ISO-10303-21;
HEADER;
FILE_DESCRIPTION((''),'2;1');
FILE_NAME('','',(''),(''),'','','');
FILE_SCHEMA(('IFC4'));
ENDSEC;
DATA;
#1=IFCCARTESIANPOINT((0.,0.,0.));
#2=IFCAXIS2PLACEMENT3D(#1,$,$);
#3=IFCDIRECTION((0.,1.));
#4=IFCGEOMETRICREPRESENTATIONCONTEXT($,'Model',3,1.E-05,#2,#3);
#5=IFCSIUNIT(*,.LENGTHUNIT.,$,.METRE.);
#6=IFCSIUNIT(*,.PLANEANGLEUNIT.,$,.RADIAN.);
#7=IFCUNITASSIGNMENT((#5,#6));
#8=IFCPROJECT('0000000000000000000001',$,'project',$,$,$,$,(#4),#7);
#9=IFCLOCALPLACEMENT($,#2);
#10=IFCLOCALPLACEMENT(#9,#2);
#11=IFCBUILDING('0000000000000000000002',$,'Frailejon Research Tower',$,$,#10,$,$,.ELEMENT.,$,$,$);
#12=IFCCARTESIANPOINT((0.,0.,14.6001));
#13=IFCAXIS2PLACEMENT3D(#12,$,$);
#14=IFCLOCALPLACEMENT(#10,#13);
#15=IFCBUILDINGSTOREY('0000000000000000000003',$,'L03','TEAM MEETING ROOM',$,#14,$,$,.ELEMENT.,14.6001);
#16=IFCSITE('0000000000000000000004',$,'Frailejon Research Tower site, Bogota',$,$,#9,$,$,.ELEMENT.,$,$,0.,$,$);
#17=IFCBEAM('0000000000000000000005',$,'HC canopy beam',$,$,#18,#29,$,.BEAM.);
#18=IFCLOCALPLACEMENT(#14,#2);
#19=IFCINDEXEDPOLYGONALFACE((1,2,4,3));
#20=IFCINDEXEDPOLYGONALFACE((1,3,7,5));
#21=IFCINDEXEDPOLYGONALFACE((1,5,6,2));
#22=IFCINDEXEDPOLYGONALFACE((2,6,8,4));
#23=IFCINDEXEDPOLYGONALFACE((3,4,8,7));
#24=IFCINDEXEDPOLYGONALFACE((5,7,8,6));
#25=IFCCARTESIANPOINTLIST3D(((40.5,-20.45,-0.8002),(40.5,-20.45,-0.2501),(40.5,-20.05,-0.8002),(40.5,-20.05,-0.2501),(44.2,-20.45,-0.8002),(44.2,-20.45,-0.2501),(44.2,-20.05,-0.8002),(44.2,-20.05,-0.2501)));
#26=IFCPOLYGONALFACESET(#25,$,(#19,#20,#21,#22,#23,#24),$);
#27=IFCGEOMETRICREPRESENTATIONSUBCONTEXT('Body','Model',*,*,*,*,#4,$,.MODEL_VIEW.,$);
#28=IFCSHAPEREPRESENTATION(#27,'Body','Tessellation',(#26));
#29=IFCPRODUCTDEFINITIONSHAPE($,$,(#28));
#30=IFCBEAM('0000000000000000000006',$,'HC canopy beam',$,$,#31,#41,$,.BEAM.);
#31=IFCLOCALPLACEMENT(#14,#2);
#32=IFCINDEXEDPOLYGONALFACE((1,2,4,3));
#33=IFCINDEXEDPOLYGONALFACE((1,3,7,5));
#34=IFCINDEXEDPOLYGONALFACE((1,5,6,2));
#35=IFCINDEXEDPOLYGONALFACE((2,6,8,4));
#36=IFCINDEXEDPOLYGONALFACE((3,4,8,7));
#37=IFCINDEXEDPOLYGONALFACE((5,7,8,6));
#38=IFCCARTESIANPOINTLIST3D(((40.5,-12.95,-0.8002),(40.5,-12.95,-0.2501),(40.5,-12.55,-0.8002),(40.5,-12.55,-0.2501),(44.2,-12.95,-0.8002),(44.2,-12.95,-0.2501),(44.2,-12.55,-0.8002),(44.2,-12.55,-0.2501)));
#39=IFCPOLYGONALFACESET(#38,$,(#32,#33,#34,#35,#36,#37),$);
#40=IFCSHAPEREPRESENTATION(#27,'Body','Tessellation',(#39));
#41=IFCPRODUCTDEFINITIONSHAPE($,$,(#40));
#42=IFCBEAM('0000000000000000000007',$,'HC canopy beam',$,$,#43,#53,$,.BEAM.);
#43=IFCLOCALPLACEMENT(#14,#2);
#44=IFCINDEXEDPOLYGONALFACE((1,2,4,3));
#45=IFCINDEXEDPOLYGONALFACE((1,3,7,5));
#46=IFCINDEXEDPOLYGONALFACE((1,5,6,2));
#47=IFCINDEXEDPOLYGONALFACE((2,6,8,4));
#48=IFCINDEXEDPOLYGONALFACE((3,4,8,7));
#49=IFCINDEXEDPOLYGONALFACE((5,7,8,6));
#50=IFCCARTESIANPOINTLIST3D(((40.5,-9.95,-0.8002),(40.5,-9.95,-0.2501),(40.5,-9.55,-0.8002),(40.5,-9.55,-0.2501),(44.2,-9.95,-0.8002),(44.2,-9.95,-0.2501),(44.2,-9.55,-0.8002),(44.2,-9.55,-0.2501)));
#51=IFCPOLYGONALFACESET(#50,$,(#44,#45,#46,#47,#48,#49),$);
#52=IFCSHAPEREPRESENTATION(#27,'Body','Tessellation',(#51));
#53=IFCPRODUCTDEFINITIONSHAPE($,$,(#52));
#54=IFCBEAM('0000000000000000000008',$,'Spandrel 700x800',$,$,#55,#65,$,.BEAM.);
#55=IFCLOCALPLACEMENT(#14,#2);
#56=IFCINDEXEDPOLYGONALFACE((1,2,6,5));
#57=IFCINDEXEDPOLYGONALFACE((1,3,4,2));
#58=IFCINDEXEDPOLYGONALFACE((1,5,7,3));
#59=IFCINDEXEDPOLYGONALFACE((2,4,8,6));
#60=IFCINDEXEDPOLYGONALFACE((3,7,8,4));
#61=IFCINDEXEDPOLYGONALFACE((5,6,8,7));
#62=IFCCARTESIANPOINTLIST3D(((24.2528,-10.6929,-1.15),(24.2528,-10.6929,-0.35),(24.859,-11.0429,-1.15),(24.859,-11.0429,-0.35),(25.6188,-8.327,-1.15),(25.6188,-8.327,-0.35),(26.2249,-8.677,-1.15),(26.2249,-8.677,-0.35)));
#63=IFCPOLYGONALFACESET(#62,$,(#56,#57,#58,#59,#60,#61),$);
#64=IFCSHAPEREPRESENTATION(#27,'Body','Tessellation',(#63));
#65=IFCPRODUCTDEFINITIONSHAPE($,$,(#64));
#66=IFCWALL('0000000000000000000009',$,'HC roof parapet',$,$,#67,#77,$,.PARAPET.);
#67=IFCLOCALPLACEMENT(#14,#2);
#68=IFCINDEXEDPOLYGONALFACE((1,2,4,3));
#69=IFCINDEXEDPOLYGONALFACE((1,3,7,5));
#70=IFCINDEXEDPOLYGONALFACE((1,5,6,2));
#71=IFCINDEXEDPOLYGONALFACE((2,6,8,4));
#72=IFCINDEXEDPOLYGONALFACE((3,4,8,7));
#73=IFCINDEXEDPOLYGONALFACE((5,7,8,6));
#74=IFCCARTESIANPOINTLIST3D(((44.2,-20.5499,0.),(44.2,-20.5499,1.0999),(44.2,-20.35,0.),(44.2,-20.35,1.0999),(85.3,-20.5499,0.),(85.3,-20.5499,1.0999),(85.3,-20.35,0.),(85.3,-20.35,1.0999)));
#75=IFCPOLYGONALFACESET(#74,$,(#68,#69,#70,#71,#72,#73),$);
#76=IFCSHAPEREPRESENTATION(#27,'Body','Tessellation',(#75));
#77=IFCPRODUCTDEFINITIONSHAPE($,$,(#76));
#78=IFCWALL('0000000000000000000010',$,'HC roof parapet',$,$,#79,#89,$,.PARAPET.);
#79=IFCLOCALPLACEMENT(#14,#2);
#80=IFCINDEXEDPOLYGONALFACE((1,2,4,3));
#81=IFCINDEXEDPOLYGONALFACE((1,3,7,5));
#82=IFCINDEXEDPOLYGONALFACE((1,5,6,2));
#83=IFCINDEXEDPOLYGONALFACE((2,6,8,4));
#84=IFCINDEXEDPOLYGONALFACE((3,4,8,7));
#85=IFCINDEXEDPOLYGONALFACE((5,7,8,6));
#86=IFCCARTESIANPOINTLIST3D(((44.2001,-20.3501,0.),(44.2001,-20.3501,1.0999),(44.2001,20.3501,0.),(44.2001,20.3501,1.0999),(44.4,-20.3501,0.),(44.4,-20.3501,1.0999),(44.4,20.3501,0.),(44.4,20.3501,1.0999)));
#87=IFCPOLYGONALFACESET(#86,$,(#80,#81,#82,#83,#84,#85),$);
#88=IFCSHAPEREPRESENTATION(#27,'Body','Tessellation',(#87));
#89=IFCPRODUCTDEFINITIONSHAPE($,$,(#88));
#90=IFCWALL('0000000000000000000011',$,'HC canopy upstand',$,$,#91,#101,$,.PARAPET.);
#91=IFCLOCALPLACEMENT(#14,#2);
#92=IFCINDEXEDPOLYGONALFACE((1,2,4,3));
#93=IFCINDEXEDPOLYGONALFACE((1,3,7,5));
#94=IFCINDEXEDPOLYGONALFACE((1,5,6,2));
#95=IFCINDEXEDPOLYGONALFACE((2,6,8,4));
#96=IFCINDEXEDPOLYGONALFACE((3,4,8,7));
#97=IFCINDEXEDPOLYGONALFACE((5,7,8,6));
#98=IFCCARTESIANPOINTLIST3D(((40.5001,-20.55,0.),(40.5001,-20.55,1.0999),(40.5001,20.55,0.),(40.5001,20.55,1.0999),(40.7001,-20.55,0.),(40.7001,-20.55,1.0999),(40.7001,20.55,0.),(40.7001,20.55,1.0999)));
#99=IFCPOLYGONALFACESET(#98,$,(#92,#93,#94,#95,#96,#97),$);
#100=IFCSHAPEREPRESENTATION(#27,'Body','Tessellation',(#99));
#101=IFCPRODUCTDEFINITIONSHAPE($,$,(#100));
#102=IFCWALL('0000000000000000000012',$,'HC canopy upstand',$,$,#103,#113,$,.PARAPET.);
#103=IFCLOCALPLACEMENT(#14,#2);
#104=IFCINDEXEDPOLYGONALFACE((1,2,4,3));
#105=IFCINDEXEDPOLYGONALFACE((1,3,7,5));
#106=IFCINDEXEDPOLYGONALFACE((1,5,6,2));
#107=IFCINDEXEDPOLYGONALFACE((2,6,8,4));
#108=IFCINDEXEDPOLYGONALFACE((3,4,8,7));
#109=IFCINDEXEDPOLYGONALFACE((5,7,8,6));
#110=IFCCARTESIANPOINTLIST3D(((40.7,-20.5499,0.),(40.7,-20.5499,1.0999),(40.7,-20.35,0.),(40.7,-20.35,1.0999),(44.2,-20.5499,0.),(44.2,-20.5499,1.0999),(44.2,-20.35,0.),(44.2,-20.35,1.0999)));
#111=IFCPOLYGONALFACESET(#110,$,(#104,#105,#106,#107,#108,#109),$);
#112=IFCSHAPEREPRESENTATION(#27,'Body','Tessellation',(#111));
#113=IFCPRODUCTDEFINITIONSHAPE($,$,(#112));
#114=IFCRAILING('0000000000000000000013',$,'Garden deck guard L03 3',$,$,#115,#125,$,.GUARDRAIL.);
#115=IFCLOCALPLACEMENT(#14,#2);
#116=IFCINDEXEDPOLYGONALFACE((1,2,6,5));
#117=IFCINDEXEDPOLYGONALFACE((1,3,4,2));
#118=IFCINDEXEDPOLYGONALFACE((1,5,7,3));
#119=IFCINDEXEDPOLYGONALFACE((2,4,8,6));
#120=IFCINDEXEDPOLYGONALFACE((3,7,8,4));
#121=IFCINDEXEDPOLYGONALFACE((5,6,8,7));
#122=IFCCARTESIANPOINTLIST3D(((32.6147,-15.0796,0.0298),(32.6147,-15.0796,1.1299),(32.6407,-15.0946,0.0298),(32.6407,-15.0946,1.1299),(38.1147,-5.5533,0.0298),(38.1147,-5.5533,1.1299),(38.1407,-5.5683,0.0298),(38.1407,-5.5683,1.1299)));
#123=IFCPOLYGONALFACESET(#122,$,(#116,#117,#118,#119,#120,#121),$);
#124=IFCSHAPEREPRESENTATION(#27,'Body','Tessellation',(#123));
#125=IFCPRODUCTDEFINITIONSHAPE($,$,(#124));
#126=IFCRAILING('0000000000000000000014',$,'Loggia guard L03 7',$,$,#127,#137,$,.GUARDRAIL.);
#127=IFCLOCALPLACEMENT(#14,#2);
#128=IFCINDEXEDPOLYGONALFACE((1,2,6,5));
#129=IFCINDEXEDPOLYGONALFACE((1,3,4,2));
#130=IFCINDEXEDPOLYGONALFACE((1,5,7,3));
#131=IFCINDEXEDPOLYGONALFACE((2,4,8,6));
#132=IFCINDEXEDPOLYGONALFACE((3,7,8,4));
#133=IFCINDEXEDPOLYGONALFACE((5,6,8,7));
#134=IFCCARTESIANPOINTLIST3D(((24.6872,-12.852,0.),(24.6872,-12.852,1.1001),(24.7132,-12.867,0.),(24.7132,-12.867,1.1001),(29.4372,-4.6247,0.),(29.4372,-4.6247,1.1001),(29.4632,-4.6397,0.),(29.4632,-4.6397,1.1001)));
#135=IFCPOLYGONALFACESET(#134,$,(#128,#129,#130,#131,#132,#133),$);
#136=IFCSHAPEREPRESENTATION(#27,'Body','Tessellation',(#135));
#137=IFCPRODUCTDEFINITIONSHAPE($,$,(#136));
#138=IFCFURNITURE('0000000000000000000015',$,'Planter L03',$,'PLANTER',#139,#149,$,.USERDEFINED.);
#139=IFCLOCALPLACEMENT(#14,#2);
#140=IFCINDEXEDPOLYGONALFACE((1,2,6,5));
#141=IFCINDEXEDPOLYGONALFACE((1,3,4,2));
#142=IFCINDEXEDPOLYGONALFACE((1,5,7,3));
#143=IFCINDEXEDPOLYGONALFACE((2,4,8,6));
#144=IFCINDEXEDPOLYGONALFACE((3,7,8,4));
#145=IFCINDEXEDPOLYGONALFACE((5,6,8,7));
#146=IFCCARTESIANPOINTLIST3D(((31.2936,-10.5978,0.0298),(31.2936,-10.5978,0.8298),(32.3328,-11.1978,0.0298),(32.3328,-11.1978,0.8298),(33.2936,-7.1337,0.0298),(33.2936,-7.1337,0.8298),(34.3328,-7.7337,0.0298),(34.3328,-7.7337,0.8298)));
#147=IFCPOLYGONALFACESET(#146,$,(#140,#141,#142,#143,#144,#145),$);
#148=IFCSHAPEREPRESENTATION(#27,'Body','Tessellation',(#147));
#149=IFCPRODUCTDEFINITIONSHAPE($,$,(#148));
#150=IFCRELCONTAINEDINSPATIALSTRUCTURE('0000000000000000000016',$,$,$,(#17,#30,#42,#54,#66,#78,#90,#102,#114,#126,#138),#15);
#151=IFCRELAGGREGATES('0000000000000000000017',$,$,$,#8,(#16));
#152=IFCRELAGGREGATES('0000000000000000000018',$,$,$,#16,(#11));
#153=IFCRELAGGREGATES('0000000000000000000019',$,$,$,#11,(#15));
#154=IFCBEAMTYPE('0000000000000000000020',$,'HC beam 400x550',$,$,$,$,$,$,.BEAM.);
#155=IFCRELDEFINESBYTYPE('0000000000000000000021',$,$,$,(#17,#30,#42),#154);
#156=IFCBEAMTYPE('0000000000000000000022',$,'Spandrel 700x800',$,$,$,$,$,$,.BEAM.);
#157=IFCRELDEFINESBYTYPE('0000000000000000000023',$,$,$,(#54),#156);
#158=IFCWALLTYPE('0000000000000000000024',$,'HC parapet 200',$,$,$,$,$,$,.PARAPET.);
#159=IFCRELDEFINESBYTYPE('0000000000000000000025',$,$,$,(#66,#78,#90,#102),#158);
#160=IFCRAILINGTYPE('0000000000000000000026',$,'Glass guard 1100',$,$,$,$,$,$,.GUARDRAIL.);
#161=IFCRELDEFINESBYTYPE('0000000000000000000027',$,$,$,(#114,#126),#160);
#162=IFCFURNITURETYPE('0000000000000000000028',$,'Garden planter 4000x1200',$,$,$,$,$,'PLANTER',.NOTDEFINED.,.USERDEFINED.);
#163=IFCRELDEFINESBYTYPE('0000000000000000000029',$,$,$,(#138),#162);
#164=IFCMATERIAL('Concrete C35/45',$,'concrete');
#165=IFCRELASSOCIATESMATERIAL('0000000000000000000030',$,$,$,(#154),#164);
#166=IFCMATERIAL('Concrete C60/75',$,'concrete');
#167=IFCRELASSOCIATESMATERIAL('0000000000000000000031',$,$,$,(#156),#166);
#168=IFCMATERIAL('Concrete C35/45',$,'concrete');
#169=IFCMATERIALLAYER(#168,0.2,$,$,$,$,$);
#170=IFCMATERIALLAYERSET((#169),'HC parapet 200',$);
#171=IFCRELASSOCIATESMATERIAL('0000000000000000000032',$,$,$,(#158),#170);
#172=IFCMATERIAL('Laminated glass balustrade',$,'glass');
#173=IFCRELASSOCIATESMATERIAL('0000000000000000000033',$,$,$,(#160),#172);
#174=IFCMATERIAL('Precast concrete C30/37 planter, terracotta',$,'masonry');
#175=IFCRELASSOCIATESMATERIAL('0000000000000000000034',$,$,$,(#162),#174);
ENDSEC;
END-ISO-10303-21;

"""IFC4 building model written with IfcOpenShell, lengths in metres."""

from ifc_helpers import new_model, si_unit, direction, frame, frame_2d, origin, origin_2d, place, context, subcontext, project, spatial, rectangle, extrude, material, layer, layer_set, material_profile, profile_set, type_object, element, save


model = new_model("IFC4")

# Units and contexts
model_context = context("Model", 3, precision=1e-05, world=origin(), true_north=direction((0.0, 1.0)))
body_context = subcontext(model_context, "Body", "Model", "MODEL_VIEW")
ifc_project = project(units=[si_unit("LENGTHUNIT", "METRE"), si_unit("PLANEANGLEUNIT", "RADIAN")], contexts=[model_context])

# Site, building, storey
site_placement = place(None, origin())
site = spatial("IfcSite", under=ifc_project, at=site_placement, Name="Frailejon Research Tower site, Bogota", CompositionType="ELEMENT", RefElevation=0.0)
building_placement = place(site_placement, origin())
building = spatial("IfcBuilding", under=site, at=building_placement, Name="Frailejon Research Tower", CompositionType="ELEMENT")
storey_placement = place(building_placement, frame((0.0, 0.0, 14.6001)))
storey = spatial("IfcBuildingStorey", under=building, at=storey_placement, Name="L03", Description="TEAM MEETING ROOM", CompositionType="ELEMENT", Elevation=14.6001)

# Beams
ifc_material_1 = material(Name="Concrete C35/45", Category="concrete")
ifc_material_profile_1 = material_profile(ifc_material_1, rectangle(XDim=0.3999, YDim=0.55, at=origin_2d()), Name="HC beam 400x550")
ifc_profile_set_1 = profile_set([ifc_material_profile_1], Name="Concrete C35/45")
beam_type_1 = type_object("IfcBeamType", Name="HC beam 400x550", PredefinedType="BEAM", material=ifc_profile_set_1)
for number, where, z_axis, x_axis, name in (
    (1, (40.5, -20.25, -0.5251), (1.0, 0.0, 0.0), (0.0, 1.0, 0.0), "HC canopy beam"),
    (2, (40.5, -12.75, -0.5251), (1.0, 0.0, 0.0), (0.0, 1.0, 0.0), "HC canopy beam"),
    (3, (40.5, -9.75, -0.5251), (1.0, 0.0, 0.0), (0.0, 1.0, 0.0), "HC canopy beam"),
):
    element("IfcBeam", number, at=place(storey_placement, frame(where, z_axis=z_axis, x_axis=x_axis)), inside=storey, type_object=beam_type_1, Name=name, PredefinedType="BEAM", context=body_context, shape_type="SweptSolid", body=[
        extrude(rectangle(XDim=0.3999, YDim=0.55, at=origin_2d()), origin(), (0.0, 0.0, 1.0), 3.7),
    ])
ifc_material_2 = material(Name="Concrete C60/75", Category="concrete")
ifc_material_profile_2 = material_profile(ifc_material_2, rectangle(XDim=0.7, YDim=0.8, at=origin_2d()), Name="Spandrel 700x800")
ifc_profile_set_2 = profile_set([ifc_material_profile_2], Name="Concrete C60/75")
beam_type_2 = type_object("IfcBeamType", Name="Spandrel 700x800", PredefinedType="BEAM", material=ifc_profile_set_2)
beam_1_placement = place(storey_placement, frame((24.5559, -10.8679, -0.75), z_axis=(0.499993, 0.866029, 0.0), x_axis=(-0.866029, 0.499993, 0.0)))
element("IfcBeam", 4, at=beam_1_placement, inside=storey, type_object=beam_type_2, Name="Spandrel 700x800", PredefinedType="BEAM", context=body_context, shape_type="SweptSolid", body=[
    extrude(rectangle(XDim=0.7, YDim=0.8, at=origin_2d()), origin(), (0.0, 0.0, 1.0), 2.7319),
])

# Walls
ifc_material_3 = material(Name="Concrete C35/45", Category="concrete")
ifc_layer = layer(ifc_material_3, 0.2)
ifc_layer_set = layer_set([ifc_layer], Name="HC parapet 200")
wall_type = type_object("IfcWallType", Name="HC parapet 200", PredefinedType="PARAPET", material=ifc_layer_set)
wall_1_placement = place(storey_placement, frame((44.2, -20.45, 0.0), z_axis=(0.0, 0.0, 1.0), x_axis=(1.0, 0.0, 0.0)))
element("IfcWall", 5, at=wall_1_placement, inside=storey, type_object=wall_type, Name="HC roof parapet", PredefinedType="PARAPET", context=body_context, shape_type="SweptSolid", body=[
    extrude(rectangle(XDim=41.1001, YDim=0.2, at=frame_2d((20.55, 0.0))), origin(), (0.0, 0.0, 1.0), 1.0999),
])
wall_2_placement = place(storey_placement, frame((44.3, -20.3501, 0.0), z_axis=(0.0, 0.0, 1.0), x_axis=(0.0, 1.0, 0.0)))
element("IfcWall", 6, at=wall_2_placement, inside=storey, type_object=wall_type, Name="HC roof parapet", PredefinedType="PARAPET", context=body_context, shape_type="SweptSolid", body=[
    extrude(rectangle(XDim=40.7002, YDim=0.2, at=frame_2d((20.3501, 0.0))), origin(), (0.0, 0.0, 1.0), 1.0999),
])
wall_3_placement = place(storey_placement, frame((40.6001, -20.55, 0.0), z_axis=(0.0, 0.0, 1.0), x_axis=(0.0, 1.0, 0.0)))
element("IfcWall", 7, at=wall_3_placement, inside=storey, type_object=wall_type, Name="HC canopy upstand", PredefinedType="PARAPET", context=body_context, shape_type="SweptSolid", body=[
    extrude(rectangle(XDim=41.1001, YDim=0.2, at=frame_2d((20.55, 0.0))), origin(), (0.0, 0.0, 1.0), 1.0999),
])
wall_4_placement = place(storey_placement, frame((40.7, -20.45, 0.0), z_axis=(0.0, 0.0, 1.0), x_axis=(1.0, 0.0, 0.0)))
element("IfcWall", 8, at=wall_4_placement, inside=storey, type_object=wall_type, Name="HC canopy upstand", PredefinedType="PARAPET", context=body_context, shape_type="SweptSolid", body=[
    extrude(rectangle(XDim=3.5, YDim=0.2, at=frame_2d((1.75, 0.0))), origin(), (0.0, 0.0, 1.0), 1.0999),
])

# Railings
ifc_material_4 = material(Name="Laminated glass balustrade", Category="glass")
railing_type = type_object("IfcRailingType", Name="Glass guard 1100", PredefinedType="GUARDRAIL", material=ifc_material_4)
railing_1_placement = place(storey_placement, frame((32.6277, -15.0872, 0.0298)))
element("IfcRailing", 9, at=railing_1_placement, inside=storey, type_object=railing_type, Name="Garden deck guard L03 3", PredefinedType="GUARDRAIL", context=body_context, shape_type="SweptSolid", body=[
    extrude(rectangle(XDim=11.0, YDim=0.03, at=origin_2d()), frame((2.75, 4.7632, 0.0), z_axis=(0.0, 0.0, 1.0), x_axis=(0.499997, 0.866027, 0.0)), (0.0, 0.0, 1.0), 1.1001),
])
railing_2_placement = place(storey_placement, frame((24.7002, -12.8596, 0.0)))
element("IfcRailing", 10, at=railing_2_placement, inside=storey, type_object=railing_type, Name="Loggia guard L03 7", PredefinedType="GUARDRAIL", context=body_context, shape_type="SweptSolid", body=[
    extrude(rectangle(XDim=9.5, YDim=0.03, at=origin_2d()), frame((2.375, 4.1138, 0.0), z_axis=(0.0, 0.0, 1.0), x_axis=(0.499998, 0.866027, 0.0)), (0.0, 0.0, 1.0), 1.1001),
])

# Furniture
ifc_material_5 = material(Name="Precast concrete C30/37 planter, terracotta", Category="masonry")
furniture_type = type_object("IfcFurnitureType", Name="Garden planter 4000x1200", ElementType="PLANTER", AssemblyPlace="NOTDEFINED", PredefinedType="USERDEFINED", material=ifc_material_5)
furniture_placement = place(storey_placement, frame((32.8132, -9.1658, 0.0298), z_axis=(0.0, 0.0, 1.0), x_axis=(0.5, 0.866025, 0.0)))
element("IfcFurniture", 11, at=furniture_placement, inside=storey, type_object=furniture_type, Name="Planter L03", ObjectType="PLANTER", PredefinedType="USERDEFINED", context=body_context, shape_type="SweptSolid", body=[
    extrude(rectangle(XDim=4.0, YDim=1.2, at=origin_2d()), origin(), (0.0, 0.0, 1.0), 0.8),
])

save(model, "model.ifc")
